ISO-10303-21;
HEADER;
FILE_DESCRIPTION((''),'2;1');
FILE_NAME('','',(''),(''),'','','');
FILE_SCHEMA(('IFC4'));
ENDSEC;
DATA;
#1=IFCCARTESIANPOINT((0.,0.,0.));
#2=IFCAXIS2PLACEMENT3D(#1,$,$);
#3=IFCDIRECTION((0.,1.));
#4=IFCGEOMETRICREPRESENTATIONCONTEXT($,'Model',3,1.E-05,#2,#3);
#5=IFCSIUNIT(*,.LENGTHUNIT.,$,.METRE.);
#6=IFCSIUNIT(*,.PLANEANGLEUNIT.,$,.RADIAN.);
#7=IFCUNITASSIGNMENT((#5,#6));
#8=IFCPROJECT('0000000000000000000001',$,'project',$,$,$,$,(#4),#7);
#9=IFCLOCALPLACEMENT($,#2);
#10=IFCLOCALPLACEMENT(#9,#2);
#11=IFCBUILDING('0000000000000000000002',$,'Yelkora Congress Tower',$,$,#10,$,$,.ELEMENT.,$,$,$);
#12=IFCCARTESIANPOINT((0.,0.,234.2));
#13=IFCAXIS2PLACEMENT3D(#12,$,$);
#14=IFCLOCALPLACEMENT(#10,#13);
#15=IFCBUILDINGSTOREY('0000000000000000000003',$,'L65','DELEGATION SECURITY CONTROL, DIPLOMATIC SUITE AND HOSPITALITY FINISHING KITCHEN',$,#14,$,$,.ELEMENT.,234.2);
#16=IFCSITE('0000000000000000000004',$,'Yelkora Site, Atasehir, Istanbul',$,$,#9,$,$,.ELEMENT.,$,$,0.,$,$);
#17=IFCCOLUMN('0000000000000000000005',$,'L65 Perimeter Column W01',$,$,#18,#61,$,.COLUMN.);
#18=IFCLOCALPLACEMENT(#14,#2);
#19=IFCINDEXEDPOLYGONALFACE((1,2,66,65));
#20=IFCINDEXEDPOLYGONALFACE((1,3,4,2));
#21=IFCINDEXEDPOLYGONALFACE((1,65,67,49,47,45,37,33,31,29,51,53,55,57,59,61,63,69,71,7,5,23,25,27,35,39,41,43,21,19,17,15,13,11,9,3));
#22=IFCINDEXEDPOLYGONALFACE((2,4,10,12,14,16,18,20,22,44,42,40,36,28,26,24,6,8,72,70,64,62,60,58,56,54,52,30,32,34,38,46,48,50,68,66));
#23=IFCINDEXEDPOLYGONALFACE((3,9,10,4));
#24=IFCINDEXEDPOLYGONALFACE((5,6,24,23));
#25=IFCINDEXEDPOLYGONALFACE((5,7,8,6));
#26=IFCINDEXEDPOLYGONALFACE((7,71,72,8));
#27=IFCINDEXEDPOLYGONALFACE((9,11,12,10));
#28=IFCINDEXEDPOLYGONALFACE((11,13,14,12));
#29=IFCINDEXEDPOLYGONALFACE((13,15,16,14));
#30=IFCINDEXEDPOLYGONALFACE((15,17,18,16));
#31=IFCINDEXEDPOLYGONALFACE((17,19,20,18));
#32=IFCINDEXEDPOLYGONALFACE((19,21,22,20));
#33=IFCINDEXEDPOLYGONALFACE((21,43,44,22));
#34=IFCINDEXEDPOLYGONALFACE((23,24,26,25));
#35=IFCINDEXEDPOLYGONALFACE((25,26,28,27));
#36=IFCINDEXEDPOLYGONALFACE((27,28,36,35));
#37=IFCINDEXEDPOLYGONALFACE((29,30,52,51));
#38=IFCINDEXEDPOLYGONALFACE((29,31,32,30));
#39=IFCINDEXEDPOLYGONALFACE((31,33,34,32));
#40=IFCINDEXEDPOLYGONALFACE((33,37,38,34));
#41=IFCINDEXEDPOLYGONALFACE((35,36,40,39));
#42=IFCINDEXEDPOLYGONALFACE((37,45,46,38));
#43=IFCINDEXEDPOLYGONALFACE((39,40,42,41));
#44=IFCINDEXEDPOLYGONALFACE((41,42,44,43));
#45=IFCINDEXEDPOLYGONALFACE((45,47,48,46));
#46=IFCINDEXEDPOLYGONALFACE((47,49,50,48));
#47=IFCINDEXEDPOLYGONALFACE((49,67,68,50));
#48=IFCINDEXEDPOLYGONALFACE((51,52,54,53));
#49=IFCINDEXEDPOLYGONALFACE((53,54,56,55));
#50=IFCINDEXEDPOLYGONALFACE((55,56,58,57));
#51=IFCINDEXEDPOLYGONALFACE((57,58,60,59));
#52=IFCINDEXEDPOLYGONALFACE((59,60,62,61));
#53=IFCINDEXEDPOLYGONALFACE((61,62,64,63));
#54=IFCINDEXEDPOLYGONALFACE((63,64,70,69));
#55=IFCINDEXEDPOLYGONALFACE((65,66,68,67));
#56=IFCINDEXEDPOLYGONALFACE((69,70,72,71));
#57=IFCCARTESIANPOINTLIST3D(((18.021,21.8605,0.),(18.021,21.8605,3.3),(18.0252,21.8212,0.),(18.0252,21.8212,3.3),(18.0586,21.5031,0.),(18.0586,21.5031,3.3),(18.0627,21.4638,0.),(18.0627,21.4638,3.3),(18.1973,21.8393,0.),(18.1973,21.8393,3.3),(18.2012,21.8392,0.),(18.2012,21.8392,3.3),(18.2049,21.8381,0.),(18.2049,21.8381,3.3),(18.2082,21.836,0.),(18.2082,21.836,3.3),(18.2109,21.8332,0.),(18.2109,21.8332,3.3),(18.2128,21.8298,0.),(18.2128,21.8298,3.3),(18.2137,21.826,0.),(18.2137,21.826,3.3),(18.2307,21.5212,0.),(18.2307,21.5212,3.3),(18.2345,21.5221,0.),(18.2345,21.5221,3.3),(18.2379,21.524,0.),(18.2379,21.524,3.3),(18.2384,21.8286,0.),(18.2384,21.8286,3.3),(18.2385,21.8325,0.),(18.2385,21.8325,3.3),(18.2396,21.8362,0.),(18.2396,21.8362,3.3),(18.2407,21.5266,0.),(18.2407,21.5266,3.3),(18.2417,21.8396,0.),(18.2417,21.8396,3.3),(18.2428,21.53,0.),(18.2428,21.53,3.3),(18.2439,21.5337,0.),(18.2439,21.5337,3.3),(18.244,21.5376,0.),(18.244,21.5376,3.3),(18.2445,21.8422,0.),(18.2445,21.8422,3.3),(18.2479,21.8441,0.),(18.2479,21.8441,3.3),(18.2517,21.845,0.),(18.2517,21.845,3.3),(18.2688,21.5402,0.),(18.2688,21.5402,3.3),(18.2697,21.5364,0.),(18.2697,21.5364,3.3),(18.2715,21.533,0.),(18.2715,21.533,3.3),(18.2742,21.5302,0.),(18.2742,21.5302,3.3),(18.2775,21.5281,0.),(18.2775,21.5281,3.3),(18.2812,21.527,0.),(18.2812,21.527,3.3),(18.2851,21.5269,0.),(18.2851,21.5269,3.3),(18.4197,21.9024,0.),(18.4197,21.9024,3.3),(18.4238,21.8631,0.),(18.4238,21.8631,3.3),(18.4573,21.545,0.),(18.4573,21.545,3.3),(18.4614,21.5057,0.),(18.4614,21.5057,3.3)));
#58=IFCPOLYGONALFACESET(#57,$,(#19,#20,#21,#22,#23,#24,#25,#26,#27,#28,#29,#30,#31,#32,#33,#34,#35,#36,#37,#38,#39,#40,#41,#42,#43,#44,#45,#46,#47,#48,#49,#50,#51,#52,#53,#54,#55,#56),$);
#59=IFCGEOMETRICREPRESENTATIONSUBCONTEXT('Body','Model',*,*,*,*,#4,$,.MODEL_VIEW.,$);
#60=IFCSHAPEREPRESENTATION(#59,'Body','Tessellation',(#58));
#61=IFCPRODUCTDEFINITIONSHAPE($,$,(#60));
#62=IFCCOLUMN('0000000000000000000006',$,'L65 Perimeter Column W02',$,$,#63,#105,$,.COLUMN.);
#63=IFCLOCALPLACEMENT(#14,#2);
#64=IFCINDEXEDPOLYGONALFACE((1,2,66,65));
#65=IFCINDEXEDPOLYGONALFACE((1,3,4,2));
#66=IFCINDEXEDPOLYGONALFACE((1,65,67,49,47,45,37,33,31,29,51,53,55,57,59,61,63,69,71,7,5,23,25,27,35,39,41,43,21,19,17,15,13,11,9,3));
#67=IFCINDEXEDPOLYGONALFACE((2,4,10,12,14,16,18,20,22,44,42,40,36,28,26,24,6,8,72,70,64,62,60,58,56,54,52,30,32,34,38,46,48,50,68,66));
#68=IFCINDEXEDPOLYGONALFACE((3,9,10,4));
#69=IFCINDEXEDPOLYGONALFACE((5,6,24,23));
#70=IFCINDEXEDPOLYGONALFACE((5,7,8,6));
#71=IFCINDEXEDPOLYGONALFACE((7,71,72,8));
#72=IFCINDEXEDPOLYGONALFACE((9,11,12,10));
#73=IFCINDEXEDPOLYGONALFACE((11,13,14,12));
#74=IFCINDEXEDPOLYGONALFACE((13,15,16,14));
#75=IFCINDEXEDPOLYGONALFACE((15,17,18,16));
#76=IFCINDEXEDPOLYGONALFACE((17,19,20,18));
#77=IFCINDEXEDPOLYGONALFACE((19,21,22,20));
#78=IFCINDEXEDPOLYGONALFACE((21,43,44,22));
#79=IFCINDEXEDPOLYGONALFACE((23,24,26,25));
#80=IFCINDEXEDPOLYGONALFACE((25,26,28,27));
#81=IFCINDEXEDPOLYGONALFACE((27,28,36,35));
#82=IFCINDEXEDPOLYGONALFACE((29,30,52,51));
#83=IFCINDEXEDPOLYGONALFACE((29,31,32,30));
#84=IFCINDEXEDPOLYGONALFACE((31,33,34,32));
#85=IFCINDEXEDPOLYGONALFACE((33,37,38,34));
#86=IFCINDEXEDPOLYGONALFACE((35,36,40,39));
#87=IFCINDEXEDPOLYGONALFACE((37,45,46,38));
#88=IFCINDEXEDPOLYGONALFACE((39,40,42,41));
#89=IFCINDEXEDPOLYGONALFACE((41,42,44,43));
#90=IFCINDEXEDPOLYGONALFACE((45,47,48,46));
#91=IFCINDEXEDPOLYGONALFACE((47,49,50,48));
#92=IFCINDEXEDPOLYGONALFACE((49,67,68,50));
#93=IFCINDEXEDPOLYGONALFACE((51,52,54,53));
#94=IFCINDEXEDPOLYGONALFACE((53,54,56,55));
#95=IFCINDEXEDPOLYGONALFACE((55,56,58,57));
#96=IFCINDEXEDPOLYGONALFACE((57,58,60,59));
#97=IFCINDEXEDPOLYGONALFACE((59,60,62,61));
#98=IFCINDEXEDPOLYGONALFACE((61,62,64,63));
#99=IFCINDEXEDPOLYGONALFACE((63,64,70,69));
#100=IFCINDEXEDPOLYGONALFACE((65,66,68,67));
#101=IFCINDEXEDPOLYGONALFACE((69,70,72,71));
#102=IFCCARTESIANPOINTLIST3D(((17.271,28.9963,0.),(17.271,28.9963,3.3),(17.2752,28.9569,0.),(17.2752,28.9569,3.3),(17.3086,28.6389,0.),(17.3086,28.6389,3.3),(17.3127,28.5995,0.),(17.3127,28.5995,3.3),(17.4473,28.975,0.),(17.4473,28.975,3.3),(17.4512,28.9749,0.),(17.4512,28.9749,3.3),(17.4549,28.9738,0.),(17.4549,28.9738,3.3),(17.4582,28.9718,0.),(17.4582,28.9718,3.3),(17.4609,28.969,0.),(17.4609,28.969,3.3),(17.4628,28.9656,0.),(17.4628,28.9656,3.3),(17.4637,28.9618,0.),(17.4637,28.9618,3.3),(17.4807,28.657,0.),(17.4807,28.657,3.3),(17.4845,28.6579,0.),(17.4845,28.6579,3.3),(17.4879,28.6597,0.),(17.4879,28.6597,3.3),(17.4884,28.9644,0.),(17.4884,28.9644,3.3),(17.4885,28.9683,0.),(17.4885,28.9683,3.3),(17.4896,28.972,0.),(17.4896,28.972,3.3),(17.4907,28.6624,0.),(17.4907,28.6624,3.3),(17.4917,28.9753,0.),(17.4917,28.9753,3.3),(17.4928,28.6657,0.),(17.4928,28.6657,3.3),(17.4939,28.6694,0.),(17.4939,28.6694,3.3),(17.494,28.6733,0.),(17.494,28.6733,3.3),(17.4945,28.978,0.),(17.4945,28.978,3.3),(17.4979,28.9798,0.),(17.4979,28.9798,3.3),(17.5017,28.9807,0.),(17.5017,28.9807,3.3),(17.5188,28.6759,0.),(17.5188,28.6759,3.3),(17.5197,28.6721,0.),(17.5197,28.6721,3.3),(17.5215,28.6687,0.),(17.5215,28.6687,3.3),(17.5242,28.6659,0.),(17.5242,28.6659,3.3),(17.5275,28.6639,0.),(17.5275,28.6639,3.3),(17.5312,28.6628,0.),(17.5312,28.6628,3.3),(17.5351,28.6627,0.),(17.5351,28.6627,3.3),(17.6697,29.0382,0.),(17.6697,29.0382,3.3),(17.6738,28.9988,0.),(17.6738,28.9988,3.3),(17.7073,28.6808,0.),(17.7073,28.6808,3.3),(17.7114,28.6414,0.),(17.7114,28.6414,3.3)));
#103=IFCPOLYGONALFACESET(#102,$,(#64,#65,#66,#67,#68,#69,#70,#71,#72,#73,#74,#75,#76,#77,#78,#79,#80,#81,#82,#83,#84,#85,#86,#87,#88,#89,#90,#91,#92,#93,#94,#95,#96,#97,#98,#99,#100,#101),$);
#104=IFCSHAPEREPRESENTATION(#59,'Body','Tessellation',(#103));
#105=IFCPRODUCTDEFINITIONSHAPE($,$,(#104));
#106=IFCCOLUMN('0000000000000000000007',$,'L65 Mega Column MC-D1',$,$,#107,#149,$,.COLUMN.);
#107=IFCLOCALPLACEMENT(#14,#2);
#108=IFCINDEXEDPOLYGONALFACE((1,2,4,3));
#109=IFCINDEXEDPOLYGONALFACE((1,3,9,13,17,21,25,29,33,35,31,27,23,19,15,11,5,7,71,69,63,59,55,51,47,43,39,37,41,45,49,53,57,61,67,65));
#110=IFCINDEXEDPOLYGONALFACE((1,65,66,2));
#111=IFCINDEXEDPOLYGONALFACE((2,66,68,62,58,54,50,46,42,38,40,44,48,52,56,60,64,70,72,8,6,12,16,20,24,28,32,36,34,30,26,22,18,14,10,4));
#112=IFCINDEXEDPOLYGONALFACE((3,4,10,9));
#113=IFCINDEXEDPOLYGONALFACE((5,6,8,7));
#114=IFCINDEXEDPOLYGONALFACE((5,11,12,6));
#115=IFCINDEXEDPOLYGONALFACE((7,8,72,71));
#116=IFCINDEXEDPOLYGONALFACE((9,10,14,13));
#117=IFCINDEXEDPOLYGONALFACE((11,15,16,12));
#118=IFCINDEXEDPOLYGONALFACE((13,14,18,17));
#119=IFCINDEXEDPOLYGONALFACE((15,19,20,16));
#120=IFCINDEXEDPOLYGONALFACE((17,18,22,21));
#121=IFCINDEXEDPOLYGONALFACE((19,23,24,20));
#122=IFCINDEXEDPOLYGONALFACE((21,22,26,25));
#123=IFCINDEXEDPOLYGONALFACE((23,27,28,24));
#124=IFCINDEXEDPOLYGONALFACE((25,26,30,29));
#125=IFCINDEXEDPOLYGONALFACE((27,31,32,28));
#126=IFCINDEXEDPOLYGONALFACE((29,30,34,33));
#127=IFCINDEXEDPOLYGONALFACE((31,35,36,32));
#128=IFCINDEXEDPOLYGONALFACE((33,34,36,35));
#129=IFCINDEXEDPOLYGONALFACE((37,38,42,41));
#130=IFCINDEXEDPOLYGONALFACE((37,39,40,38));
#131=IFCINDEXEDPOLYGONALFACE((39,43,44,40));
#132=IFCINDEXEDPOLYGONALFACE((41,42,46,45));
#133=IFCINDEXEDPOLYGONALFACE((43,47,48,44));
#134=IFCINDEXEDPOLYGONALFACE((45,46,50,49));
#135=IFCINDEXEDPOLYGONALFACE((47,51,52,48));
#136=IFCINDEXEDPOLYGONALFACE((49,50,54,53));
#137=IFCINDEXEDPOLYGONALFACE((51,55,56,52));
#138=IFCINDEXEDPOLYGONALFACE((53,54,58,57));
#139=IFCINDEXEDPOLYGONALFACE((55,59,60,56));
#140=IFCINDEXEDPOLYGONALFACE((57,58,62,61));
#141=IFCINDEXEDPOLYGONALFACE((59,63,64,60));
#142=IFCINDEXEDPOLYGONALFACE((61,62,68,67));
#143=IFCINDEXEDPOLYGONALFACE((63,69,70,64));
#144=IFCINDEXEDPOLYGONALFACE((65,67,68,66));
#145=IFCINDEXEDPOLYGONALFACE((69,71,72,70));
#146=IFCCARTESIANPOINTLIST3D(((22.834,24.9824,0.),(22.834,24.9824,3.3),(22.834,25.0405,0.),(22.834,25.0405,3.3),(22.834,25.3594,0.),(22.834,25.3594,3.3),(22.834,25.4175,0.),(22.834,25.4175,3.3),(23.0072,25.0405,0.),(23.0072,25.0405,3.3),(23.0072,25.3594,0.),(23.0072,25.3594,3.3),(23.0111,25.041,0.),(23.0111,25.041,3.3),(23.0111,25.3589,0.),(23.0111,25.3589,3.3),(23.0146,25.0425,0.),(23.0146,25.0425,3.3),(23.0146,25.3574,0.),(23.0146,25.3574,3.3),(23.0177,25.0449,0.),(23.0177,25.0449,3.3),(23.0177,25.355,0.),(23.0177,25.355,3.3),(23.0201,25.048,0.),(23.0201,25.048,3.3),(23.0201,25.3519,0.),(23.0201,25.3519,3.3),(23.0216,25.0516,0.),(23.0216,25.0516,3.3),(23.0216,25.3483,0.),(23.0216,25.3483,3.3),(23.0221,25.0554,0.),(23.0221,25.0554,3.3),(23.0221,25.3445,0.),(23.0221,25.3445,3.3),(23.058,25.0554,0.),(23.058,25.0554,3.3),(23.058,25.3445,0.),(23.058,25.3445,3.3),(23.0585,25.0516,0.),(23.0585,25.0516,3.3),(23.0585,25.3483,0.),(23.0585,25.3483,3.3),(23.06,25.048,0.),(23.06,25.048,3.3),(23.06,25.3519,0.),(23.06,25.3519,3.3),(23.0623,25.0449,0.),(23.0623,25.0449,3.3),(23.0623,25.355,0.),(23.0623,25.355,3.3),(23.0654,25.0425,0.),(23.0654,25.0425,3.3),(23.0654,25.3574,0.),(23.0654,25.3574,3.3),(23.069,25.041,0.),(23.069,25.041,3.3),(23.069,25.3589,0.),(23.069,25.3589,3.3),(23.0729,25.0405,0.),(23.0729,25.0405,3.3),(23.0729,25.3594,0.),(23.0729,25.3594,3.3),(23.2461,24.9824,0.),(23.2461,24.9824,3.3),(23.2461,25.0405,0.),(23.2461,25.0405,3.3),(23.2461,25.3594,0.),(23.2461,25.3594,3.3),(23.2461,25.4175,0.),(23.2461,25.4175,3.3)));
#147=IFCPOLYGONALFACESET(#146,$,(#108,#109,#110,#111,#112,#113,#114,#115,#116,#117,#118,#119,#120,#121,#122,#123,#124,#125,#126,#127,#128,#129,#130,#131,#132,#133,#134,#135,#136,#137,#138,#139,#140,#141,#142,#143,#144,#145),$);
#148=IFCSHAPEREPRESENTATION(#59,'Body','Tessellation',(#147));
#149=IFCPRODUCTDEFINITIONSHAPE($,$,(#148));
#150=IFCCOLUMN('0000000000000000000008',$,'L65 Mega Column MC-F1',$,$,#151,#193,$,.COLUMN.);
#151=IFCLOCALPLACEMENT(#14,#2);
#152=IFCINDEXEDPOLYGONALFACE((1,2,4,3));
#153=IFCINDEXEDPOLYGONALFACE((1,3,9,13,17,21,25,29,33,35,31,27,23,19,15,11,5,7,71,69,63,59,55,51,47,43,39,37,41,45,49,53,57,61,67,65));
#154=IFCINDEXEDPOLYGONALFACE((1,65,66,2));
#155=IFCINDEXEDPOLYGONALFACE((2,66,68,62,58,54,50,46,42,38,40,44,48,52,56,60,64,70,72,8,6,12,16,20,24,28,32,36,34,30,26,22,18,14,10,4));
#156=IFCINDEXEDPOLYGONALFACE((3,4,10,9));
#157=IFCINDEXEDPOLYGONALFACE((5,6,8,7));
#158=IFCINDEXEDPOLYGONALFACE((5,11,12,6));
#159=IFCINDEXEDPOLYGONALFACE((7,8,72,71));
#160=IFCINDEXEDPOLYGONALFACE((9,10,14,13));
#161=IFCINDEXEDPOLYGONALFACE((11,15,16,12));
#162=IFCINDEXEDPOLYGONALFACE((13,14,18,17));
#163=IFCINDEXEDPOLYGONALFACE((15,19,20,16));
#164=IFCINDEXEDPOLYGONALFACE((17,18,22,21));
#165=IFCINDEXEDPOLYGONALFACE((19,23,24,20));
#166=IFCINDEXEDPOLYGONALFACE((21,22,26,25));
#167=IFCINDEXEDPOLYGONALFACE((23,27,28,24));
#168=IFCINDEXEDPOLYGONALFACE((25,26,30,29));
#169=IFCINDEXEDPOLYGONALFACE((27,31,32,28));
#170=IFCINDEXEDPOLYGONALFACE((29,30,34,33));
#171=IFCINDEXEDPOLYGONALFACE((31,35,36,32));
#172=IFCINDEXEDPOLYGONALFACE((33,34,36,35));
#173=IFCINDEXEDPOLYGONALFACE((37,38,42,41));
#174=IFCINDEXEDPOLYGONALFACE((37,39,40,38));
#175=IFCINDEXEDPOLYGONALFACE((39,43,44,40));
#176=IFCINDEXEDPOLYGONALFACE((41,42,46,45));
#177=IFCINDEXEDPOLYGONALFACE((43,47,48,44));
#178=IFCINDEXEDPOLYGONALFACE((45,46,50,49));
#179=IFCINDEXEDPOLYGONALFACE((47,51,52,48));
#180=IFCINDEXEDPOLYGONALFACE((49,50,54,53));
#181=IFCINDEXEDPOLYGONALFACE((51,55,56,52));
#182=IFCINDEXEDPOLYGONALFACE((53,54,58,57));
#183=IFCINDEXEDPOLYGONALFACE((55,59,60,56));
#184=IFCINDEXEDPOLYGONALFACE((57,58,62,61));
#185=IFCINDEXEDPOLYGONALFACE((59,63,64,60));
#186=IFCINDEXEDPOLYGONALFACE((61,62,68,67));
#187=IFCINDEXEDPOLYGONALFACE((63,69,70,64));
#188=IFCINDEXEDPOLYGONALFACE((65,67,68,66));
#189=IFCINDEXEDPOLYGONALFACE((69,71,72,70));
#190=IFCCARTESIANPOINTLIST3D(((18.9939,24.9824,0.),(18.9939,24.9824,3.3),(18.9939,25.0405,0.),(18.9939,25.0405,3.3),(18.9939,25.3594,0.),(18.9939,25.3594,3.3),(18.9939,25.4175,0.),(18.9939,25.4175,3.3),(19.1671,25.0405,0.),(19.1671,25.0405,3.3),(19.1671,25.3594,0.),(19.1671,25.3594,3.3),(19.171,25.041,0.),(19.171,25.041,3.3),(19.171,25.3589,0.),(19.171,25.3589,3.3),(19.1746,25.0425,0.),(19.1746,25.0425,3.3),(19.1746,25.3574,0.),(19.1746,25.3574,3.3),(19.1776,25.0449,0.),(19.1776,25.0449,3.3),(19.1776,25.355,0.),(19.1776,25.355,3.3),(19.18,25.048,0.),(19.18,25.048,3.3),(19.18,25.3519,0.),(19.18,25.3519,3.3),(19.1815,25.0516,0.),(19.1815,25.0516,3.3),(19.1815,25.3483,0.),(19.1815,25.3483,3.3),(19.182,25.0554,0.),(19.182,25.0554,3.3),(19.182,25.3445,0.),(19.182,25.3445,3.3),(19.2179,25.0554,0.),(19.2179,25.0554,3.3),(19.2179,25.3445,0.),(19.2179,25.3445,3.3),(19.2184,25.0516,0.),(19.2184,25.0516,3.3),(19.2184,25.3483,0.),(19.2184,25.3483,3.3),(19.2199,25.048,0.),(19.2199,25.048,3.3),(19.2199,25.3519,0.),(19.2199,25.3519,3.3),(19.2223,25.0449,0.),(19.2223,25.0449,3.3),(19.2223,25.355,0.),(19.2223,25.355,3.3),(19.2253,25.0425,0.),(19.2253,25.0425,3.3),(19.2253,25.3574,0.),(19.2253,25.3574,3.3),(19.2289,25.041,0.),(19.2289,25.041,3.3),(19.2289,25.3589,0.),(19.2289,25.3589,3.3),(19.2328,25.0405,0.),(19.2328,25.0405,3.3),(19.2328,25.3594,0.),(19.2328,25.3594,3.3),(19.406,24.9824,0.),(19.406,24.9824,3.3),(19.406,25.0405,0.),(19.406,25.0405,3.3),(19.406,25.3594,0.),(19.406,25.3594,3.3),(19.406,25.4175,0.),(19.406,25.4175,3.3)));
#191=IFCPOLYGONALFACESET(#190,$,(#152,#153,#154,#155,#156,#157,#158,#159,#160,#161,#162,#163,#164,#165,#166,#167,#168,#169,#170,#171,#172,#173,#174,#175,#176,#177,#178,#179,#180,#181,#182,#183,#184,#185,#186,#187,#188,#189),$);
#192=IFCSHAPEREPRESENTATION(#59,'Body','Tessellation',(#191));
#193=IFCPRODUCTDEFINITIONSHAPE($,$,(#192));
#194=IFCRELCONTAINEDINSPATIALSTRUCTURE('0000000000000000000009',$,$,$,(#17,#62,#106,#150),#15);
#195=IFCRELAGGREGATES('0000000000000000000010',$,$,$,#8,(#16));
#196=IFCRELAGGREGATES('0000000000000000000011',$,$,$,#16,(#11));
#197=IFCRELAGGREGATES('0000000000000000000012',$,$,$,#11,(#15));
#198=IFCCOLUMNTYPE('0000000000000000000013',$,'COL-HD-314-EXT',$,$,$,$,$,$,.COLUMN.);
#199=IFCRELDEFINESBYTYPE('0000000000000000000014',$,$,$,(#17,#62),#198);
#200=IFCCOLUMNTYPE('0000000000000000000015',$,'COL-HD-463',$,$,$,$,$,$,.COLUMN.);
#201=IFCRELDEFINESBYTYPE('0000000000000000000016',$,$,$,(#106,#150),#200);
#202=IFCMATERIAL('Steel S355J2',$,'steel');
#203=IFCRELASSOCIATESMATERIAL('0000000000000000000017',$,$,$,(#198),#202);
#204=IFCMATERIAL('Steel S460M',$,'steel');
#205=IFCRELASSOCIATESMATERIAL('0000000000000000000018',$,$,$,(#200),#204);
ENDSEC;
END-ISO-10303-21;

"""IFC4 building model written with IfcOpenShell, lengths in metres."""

from ifc_helpers import new_model, si_unit, direction, frame, origin, origin_2d, place, context, subcontext, project, spatial, i_section, extrude, material, material_profile, profile_set, type_object, element, save


model = new_model("IFC4")

# Units and contexts
model_context = context("Model", 3, precision=1e-05, world=origin(), true_north=direction((0.0, 1.0)))
body_context = subcontext(model_context, "Body", "Model", "MODEL_VIEW")
ifc_project = project(units=[si_unit("LENGTHUNIT", "METRE"), si_unit("PLANEANGLEUNIT", "RADIAN")], contexts=[model_context])

# Site, building, storey
site_placement = place(None, origin())
site = spatial("IfcSite", under=ifc_project, at=site_placement, Name="Yelkora Site, Atasehir, Istanbul", CompositionType="ELEMENT", RefElevation=0.0)
building_placement = place(site_placement, origin())
building = spatial("IfcBuilding", under=site, at=building_placement, Name="Yelkora Congress Tower", CompositionType="ELEMENT")
storey_placement = place(building_placement, frame((0.0, 0.0, 234.2)))
storey = spatial("IfcBuildingStorey", under=building, at=storey_placement, Name="L65", Description="DELEGATION SECURITY CONTROL, DIPLOMATIC SUITE AND HOSPITALITY FINISHING KITCHEN", CompositionType="ELEMENT", Elevation=234.2)

# Columns
ifc_material_1 = material(Name="Steel S355J2", Category="steel")
ifc_material_profile_1 = material_profile(ifc_material_1, i_section(OverallWidth=0.4009, OverallDepth=0.3989, WebThickness=0.0249, FlangeThickness=0.0396, FilletRadius=0.0149, at=origin_2d()), Name="HD 400x314")
ifc_profile_set_1 = profile_set([ifc_material_profile_1], Name="Steel S355J2")
column_type_1 = type_object("IfcColumnType", Name="COL-HD-314-EXT", PredefinedType="COLUMN", material=ifc_profile_set_1)
for number, where, z_axis, x_axis, name in (
    (1, (18.2412, 21.6831, 0.0), (0.0, 0.0, 1.0), (0.994522, 0.104528, 0.0), "L65 Perimeter Column W01"),
    (2, (17.4912, 28.8188, 0.0), (0.0, 0.0, 1.0), (0.994522, 0.104528, 0.0), "L65 Perimeter Column W02"),
):
    element("IfcColumn", number, at=place(storey_placement, frame(where, z_axis=z_axis, x_axis=x_axis)), inside=storey, type_object=column_type_1, Name=name, PredefinedType="COLUMN", context=body_context, shape_type="SweptSolid", body=[
        extrude(i_section(OverallWidth=0.4009, OverallDepth=0.3989, WebThickness=0.0249, FlangeThickness=0.0396, FilletRadius=0.0149, at=origin_2d()), origin(), (0.0, 0.0, 1.0), 3.3),
    ])
ifc_material_2 = material(Name="Steel S460M", Category="steel")
ifc_material_profile_2 = material_profile(ifc_material_2, i_section(OverallWidth=0.4121, OverallDepth=0.4351, WebThickness=0.0359, FlangeThickness=0.0581, FilletRadius=0.0149, at=origin_2d()), Name="HD 400x463")
ifc_profile_set_2 = profile_set([ifc_material_profile_2], Name="Steel S460M")
column_type_2 = type_object("IfcColumnType", Name="COL-HD-463", PredefinedType="COLUMN", material=ifc_profile_set_2)
for number, where, z_axis, x_axis, name in (
    (3, (23.04, 25.2, 0.0), (0.0, 0.0, 1.0), (1.0, 0.0, 0.0), "L65 Mega Column MC-D1"),
    (4, (19.2, 25.2, 0.0), (0.0, 0.0, 1.0), (1.0, 0.0, 0.0), "L65 Mega Column MC-F1"),
):
    element("IfcColumn", number, at=place(storey_placement, frame(where, z_axis=z_axis, x_axis=x_axis)), inside=storey, type_object=column_type_2, Name=name, PredefinedType="COLUMN", context=body_context, shape_type="SweptSolid", body=[
        extrude(i_section(OverallWidth=0.4121, OverallDepth=0.4351, WebThickness=0.0359, FlangeThickness=0.0581, FilletRadius=0.0149, at=origin_2d()), origin(), (0.0, 0.0, 1.0), 3.3),
    ])

save(model, "model.ifc")
